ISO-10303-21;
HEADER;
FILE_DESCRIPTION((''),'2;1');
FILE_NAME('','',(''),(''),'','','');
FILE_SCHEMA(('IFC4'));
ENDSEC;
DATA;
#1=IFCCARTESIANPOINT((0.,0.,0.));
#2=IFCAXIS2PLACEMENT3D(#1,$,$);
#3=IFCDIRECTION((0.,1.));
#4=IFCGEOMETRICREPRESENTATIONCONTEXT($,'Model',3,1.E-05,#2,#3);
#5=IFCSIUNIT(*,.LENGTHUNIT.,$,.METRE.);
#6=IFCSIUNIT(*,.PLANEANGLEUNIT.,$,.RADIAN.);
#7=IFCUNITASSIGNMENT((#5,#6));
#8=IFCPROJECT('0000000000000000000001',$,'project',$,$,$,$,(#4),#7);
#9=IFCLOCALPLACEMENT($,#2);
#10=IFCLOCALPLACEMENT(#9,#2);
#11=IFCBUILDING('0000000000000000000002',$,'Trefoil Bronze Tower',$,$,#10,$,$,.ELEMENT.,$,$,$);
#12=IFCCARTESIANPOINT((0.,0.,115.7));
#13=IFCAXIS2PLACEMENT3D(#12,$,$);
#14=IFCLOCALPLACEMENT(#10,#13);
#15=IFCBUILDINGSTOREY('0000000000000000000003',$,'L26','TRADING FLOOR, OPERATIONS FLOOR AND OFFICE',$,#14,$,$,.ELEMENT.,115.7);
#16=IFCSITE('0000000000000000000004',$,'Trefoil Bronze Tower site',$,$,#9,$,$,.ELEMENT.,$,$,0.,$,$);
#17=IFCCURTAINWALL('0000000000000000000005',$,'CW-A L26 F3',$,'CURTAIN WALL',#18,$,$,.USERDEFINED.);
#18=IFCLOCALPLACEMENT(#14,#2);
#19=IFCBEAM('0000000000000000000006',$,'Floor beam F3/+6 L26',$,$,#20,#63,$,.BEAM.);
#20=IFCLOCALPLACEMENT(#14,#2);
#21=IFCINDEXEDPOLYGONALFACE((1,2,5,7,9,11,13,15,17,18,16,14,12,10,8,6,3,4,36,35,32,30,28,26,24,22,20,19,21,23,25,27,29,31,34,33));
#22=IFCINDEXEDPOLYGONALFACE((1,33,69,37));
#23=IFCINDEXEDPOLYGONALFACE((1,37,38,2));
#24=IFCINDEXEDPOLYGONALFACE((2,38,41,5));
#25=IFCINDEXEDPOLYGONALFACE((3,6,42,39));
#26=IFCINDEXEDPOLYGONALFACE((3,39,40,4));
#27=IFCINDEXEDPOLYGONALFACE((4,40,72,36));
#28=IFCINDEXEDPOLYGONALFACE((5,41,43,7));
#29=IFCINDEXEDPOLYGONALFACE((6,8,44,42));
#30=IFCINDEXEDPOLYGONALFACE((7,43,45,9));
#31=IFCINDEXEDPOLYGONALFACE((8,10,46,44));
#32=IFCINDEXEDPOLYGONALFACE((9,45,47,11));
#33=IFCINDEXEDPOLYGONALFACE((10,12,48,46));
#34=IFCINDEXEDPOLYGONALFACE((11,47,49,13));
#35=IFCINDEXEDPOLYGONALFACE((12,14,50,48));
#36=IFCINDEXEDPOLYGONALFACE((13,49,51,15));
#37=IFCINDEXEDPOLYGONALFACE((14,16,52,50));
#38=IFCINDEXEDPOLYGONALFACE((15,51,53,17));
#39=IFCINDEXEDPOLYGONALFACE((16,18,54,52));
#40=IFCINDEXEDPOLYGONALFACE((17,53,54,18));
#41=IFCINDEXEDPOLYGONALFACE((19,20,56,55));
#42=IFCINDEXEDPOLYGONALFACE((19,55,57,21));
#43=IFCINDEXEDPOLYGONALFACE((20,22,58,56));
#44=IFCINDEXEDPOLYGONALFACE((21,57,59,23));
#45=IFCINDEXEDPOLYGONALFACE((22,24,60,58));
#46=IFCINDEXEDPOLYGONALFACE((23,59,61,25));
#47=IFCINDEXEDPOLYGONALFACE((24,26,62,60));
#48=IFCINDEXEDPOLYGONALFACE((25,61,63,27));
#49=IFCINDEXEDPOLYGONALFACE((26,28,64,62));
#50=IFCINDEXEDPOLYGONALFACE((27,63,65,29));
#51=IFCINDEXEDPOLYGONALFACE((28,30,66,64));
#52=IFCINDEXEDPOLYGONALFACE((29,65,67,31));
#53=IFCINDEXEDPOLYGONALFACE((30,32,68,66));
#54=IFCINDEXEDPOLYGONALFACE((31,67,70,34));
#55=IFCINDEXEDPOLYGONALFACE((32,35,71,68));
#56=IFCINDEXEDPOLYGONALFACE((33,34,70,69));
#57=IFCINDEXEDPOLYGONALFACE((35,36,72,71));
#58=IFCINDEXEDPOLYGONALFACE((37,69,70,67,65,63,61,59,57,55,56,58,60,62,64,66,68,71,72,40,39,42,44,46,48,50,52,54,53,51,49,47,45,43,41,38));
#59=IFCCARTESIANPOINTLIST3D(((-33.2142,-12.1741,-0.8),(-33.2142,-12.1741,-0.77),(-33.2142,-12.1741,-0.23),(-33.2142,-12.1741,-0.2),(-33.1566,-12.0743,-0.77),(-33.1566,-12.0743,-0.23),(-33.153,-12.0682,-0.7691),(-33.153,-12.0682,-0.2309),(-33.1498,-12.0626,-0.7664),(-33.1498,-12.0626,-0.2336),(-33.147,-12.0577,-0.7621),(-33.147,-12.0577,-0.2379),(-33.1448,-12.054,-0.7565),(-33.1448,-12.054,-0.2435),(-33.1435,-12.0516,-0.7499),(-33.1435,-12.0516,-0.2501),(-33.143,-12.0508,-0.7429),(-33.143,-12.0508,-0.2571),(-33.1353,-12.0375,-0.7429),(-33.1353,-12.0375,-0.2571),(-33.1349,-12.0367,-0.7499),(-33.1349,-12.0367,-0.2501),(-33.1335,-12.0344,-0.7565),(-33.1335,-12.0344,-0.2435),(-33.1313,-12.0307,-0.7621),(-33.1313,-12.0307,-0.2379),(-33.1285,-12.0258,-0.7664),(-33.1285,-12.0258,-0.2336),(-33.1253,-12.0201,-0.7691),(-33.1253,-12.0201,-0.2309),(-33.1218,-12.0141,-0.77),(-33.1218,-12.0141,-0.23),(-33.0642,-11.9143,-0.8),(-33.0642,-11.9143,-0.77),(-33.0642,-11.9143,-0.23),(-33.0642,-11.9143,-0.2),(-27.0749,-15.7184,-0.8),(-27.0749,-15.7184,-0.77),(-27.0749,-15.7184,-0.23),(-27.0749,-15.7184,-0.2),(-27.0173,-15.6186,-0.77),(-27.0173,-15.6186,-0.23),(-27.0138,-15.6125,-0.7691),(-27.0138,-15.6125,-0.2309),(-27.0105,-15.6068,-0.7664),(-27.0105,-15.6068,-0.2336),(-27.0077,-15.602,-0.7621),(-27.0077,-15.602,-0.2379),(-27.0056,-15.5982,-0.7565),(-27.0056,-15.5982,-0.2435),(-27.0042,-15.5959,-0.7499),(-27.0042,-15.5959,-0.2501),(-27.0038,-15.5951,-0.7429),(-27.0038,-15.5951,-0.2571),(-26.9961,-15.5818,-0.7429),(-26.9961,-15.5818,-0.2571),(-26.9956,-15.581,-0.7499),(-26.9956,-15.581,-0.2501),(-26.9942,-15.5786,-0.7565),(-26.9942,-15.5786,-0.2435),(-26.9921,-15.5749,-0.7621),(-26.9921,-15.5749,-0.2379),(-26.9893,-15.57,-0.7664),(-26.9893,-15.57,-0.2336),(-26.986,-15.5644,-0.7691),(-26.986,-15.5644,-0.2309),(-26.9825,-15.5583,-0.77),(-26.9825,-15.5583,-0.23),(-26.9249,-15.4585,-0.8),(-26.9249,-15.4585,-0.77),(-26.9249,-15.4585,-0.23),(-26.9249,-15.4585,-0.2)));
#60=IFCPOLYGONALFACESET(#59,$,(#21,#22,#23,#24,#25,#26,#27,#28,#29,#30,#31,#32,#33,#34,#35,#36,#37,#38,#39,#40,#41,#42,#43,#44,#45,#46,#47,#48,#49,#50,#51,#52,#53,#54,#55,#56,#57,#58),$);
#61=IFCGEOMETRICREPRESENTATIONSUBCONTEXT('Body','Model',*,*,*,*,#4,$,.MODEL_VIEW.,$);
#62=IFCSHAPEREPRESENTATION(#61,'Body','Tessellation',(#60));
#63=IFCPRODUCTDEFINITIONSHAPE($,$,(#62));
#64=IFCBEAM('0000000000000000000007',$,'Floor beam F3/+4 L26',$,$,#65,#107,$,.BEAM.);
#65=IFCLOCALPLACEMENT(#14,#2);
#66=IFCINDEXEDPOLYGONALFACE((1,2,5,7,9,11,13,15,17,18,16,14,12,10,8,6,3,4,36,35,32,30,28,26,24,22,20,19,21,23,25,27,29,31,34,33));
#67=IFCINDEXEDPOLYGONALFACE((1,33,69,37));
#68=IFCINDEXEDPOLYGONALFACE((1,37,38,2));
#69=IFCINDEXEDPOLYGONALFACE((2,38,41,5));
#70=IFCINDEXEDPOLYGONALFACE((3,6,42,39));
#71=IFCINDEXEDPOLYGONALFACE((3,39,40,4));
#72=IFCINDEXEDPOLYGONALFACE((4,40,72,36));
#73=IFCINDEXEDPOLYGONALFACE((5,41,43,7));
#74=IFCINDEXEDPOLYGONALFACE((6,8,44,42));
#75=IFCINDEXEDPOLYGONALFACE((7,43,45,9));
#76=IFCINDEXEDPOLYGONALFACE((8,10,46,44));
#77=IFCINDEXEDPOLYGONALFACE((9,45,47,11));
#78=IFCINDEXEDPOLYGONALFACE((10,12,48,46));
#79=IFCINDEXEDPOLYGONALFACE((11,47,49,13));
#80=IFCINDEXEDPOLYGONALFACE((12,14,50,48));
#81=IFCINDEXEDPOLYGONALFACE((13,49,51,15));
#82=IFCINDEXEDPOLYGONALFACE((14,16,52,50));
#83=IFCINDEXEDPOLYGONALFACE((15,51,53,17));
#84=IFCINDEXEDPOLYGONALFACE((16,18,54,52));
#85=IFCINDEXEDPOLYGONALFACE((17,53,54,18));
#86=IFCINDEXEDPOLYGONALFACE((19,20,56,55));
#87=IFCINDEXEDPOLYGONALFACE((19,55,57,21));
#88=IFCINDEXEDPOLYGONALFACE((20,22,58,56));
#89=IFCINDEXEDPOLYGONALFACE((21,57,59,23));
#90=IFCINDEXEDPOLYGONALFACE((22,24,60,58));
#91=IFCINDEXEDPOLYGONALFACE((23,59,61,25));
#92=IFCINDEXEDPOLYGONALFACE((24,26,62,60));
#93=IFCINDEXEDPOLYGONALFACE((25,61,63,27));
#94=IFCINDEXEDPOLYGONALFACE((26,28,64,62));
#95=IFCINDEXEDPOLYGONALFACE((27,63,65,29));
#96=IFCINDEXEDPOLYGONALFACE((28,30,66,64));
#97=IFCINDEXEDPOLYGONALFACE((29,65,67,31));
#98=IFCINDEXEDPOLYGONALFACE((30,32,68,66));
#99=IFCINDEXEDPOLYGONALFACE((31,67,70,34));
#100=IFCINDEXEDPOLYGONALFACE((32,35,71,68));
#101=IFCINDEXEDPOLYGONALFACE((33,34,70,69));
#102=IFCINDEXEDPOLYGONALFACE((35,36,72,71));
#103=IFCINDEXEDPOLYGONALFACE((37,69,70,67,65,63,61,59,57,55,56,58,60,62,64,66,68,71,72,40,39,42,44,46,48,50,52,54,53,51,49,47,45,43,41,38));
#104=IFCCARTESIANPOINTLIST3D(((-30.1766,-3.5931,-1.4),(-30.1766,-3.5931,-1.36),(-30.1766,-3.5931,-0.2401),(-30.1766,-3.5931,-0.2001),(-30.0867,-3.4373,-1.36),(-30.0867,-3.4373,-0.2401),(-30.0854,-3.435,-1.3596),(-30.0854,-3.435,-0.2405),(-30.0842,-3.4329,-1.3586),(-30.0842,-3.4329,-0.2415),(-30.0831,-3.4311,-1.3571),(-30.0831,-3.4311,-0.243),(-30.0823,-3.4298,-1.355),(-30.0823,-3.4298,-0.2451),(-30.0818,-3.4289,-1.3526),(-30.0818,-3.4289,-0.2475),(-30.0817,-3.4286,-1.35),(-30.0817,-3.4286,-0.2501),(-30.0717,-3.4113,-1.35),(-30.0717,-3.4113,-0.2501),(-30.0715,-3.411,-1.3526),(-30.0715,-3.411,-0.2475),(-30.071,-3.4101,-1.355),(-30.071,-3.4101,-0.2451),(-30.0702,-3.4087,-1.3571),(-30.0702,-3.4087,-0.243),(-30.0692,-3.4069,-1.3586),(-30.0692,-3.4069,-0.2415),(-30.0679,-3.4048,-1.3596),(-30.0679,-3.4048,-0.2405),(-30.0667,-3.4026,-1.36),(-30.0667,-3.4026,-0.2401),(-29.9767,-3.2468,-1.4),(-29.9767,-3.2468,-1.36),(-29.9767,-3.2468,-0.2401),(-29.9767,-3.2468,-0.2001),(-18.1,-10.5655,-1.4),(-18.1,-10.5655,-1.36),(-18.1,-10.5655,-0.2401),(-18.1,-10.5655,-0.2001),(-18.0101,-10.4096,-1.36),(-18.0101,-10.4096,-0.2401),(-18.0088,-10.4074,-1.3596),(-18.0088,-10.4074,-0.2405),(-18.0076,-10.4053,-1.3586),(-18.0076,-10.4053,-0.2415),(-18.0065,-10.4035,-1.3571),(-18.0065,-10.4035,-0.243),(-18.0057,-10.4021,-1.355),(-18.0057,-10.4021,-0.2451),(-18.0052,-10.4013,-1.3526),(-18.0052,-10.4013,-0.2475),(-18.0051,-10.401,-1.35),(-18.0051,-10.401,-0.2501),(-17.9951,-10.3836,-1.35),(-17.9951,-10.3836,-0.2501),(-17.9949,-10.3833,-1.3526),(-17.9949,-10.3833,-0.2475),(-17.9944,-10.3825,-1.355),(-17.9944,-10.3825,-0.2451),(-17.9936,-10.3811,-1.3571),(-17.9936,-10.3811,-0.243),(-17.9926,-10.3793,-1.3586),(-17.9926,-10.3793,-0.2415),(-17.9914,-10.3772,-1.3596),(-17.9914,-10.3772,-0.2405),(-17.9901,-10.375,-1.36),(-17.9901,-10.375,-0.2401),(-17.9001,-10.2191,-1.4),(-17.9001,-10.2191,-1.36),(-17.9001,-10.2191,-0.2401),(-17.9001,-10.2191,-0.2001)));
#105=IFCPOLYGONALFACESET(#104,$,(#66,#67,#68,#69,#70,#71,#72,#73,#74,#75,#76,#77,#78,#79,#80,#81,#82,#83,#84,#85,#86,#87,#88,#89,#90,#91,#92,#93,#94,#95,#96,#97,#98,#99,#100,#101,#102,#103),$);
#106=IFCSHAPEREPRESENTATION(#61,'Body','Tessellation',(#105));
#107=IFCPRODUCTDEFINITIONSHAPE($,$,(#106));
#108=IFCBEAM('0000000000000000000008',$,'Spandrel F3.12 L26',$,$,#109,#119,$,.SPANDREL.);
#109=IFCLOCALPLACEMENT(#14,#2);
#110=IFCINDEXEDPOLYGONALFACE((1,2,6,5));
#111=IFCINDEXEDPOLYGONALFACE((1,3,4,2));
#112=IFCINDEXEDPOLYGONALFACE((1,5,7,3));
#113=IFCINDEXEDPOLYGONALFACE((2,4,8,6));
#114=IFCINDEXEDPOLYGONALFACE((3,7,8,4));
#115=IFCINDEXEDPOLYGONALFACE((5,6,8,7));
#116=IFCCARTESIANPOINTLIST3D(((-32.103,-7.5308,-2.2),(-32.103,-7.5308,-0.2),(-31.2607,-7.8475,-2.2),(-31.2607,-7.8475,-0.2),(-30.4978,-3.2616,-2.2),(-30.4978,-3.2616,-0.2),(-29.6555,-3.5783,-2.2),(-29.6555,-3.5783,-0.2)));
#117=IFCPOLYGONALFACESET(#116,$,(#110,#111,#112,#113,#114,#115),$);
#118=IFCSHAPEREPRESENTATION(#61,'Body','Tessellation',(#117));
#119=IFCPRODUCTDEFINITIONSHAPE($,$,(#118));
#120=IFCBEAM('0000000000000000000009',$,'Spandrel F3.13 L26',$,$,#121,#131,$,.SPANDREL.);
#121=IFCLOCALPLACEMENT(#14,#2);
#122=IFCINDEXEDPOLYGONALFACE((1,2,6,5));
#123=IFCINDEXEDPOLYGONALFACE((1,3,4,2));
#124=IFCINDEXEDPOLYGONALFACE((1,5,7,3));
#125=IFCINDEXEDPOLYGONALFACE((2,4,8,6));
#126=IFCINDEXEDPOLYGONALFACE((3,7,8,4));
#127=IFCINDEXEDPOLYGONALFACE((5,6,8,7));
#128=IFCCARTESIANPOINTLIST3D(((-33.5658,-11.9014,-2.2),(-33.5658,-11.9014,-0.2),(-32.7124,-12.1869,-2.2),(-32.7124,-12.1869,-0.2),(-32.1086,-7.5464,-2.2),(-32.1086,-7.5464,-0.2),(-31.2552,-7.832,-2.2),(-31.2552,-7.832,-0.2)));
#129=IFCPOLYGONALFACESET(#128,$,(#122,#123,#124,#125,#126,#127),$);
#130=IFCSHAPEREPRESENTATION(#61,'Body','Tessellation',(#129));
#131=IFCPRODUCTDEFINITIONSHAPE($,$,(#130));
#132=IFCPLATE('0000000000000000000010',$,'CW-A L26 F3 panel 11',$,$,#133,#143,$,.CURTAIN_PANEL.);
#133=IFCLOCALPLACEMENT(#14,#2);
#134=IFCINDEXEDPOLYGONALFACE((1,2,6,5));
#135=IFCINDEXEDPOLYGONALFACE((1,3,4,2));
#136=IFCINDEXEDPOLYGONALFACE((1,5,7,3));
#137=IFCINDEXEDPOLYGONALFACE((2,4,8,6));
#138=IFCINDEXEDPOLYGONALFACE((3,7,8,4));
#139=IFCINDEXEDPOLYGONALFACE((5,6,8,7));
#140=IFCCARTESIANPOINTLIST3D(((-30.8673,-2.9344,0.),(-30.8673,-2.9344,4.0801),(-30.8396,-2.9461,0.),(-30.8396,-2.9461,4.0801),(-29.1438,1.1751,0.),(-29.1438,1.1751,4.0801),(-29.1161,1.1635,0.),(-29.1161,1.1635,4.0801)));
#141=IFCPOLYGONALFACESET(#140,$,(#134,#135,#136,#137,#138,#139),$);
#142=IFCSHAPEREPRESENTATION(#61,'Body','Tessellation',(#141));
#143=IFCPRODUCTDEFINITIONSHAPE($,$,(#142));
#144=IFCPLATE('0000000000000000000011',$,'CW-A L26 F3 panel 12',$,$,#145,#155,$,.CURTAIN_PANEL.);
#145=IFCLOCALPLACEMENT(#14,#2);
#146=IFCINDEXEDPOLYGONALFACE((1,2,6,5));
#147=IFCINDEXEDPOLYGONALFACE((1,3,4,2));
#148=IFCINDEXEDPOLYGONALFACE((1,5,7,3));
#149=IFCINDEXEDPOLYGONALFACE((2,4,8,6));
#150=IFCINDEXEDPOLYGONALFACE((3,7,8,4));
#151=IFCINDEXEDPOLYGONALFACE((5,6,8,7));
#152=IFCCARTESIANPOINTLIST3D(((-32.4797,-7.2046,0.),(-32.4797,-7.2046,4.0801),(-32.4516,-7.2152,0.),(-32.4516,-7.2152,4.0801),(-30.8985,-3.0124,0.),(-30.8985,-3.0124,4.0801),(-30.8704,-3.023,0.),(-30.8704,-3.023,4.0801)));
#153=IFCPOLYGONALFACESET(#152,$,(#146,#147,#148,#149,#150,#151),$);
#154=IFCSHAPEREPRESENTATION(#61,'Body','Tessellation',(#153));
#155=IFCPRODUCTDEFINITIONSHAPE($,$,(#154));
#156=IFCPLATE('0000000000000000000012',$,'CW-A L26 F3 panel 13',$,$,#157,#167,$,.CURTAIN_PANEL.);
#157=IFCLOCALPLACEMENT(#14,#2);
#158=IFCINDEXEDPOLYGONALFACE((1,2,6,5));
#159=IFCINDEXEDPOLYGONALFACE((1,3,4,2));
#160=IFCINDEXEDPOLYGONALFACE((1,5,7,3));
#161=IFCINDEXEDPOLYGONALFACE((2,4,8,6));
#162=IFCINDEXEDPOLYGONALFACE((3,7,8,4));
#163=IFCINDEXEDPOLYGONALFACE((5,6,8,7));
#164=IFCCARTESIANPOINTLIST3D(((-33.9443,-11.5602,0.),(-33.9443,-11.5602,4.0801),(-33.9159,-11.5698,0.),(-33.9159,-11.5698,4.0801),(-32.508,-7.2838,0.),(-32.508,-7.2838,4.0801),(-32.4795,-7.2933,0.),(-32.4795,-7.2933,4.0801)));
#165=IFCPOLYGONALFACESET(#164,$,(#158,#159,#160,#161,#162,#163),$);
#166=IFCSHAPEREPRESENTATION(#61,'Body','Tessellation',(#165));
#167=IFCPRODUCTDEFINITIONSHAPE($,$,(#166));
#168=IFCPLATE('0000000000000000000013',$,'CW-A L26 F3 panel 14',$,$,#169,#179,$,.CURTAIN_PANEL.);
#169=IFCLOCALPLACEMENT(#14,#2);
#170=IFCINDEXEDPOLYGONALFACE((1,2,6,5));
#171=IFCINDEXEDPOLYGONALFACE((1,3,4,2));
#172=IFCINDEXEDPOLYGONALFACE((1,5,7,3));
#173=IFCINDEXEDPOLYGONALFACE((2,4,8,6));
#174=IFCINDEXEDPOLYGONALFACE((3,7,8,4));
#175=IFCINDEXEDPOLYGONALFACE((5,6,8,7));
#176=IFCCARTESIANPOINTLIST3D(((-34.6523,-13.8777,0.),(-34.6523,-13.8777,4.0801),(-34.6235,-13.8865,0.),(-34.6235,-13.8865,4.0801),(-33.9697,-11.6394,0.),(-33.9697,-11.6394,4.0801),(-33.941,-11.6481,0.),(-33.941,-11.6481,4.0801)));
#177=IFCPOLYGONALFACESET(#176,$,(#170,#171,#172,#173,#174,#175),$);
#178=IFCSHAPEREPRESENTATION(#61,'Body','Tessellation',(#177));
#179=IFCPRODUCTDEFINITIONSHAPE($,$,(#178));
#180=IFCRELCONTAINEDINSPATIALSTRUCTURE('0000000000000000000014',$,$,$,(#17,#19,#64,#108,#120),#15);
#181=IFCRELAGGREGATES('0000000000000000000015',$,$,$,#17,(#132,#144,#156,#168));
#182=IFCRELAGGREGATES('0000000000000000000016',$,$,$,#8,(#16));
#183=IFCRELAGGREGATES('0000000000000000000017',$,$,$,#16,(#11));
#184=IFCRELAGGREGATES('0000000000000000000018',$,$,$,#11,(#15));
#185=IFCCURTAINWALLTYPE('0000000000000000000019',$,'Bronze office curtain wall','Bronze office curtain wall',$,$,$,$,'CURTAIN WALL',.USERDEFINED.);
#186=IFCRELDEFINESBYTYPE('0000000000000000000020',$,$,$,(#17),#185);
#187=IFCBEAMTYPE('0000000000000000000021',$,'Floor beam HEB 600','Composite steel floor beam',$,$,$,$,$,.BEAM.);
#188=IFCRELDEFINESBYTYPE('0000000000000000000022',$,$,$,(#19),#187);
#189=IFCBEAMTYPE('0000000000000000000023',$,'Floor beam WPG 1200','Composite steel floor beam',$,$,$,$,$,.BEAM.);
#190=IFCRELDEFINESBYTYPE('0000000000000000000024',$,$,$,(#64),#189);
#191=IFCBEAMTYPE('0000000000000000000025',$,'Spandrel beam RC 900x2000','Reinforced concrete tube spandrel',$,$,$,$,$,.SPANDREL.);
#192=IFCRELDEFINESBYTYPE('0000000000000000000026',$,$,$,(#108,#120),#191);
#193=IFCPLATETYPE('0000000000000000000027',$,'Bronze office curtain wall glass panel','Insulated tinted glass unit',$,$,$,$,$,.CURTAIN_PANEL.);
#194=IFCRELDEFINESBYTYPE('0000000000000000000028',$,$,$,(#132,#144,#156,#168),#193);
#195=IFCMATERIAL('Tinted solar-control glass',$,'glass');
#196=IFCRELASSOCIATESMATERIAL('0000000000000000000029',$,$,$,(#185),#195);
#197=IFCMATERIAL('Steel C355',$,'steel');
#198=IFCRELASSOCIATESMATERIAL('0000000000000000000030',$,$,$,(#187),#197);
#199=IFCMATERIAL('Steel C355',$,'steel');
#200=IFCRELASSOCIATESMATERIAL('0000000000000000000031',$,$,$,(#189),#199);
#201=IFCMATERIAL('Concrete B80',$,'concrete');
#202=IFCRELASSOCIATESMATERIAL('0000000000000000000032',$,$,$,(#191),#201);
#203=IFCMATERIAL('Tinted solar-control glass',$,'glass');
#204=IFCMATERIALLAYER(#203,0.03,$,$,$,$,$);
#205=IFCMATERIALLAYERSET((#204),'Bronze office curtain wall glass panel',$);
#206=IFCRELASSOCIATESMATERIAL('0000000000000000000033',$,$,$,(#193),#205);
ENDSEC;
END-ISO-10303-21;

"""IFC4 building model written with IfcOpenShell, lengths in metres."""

from ifc_helpers import new_model, si_unit, direction, frame, origin, origin_2d, place, context, subcontext, project, spatial, rectangle, i_section, extrude, material, layer, layer_set, material_profile, profile_set, type_object, element, aggregate, save


model = new_model("IFC4")

# Units and contexts
model_context = context("Model", 3, precision=1e-05, world=origin(), true_north=direction((0.0, 1.0)))
body_context = subcontext(model_context, "Body", "Model", "MODEL_VIEW")
ifc_project = project(units=[si_unit("LENGTHUNIT", "METRE"), si_unit("PLANEANGLEUNIT", "RADIAN")], contexts=[model_context])

# Site, building, storey
site_placement = place(None, origin())
site = spatial("IfcSite", under=ifc_project, at=site_placement, Name="Trefoil Bronze Tower site", CompositionType="ELEMENT", RefElevation=0.0)
building_placement = place(site_placement, origin())
building = spatial("IfcBuilding", under=site, at=building_placement, Name="Trefoil Bronze Tower", CompositionType="ELEMENT")
storey_placement = place(building_placement, frame((0.0, 0.0, 115.7)))
storey = spatial("IfcBuildingStorey", under=building, at=storey_placement, Name="L26", Description="TRADING FLOOR, OPERATIONS FLOOR AND OFFICE", CompositionType="ELEMENT", Elevation=115.7)

# Curtain wall
ifc_material_1 = material(Name="Tinted solar-control glass", Category="glass")
curtain_wall_type_1 = type_object("IfcCurtainWallType", Name="Bronze office curtain wall", Description="Bronze office curtain wall", ElementType="CURTAIN WALL", PredefinedType="USERDEFINED", material=ifc_material_1)
curtain_wall_1_placement = place(storey_placement, origin())
curtain_wall_1 = element("IfcCurtainWall", 1, at=curtain_wall_1_placement, inside=storey, type_object=curtain_wall_type_1, Name="CW-A L26 F3", ObjectType="CURTAIN WALL", PredefinedType="USERDEFINED")

# Beams
ifc_material_2 = material(Name="Steel C355", Category="steel")
ifc_material_profile_1 = material_profile(ifc_material_2, i_section(OverallWidth=0.3, OverallDepth=0.6001, WebThickness=0.0154, FlangeThickness=0.03, FilletRadius=0.0271, at=origin_2d()), Name="HEB 600")
ifc_profile_set_1 = profile_set([ifc_material_profile_1], Name="Steel C355")
beam_type_1 = type_object("IfcBeamType", Name="Floor beam HEB 600", Description="Composite steel floor beam", PredefinedType="BEAM", material=ifc_profile_set_1)
beam_1_placement = place(storey_placement, frame((-33.1392, -12.0442, -0.5), z_axis=(0.866041, -0.499973, 0.0), x_axis=(0.499973, 0.866041, 0.0)))
element("IfcBeam", 2, at=beam_1_placement, inside=storey, type_object=beam_type_1, Name="Floor beam F3/+6 L26", PredefinedType="BEAM", context=body_context, shape_type="SweptSolid", body=[
    extrude(i_section(OverallWidth=0.3, OverallDepth=0.6001, WebThickness=0.0154, FlangeThickness=0.03, FilletRadius=0.0271, at=origin_2d()), origin(), (0.0, 0.0, 1.0), 7.0889),
])
ifc_material_3 = material(Name="Steel C355", Category="steel")
ifc_material_profile_2 = material_profile(ifc_material_3, i_section(OverallWidth=0.3999, OverallDepth=1.2, WebThickness=0.02, FlangeThickness=0.04, FilletRadius=0.01, at=origin_2d()), Name="WPG 1200")
ifc_profile_set_2 = profile_set([ifc_material_profile_2], Name="Steel C355")
beam_type_2 = type_object("IfcBeamType", Name="Floor beam WPG 1200", Description="Composite steel floor beam", PredefinedType="BEAM", material=ifc_profile_set_2)
beam_2_placement = place(storey_placement, frame((-30.0767, -3.4199, -0.8), z_axis=(0.866027, -0.499997, 0.0), x_axis=(0.499997, 0.866027, 0.0)))
element("IfcBeam", 3, at=beam_2_placement, inside=storey, type_object=beam_type_2, Name="Floor beam F3/+4 L26", PredefinedType="BEAM", context=body_context, shape_type="SweptSolid", body=[
    extrude(i_section(OverallWidth=0.3999, OverallDepth=1.2, WebThickness=0.02, FlangeThickness=0.04, FilletRadius=0.01, at=origin_2d()), origin(), (0.0, 0.0, 1.0), 13.9448),
])
ifc_material_4 = material(Name="Concrete B80", Category="concrete")
ifc_material_profile_3 = material_profile(ifc_material_4, rectangle(XDim=0.8999, YDim=2.0, at=origin_2d()), Name="RC 900x2000")
ifc_profile_set_3 = profile_set([ifc_material_profile_3], Name="Concrete B80")
beam_type_3 = type_object("IfcBeamType", Name="Spandrel beam RC 900x2000", Description="Reinforced concrete tube spandrel", PredefinedType="SPANDREL", material=ifc_profile_set_3)
beam_3_placement = place(storey_placement, frame((-30.0767, -3.4199, -1.2), z_axis=(-0.351939, -0.936023, 0.0), x_axis=(0.936023, -0.351939, 0.0)))
element("IfcBeam", 4, at=beam_3_placement, inside=storey, type_object=beam_type_3, Name="Spandrel F3.12 L26", PredefinedType="SPANDREL", context=body_context, shape_type="SweptSolid", body=[
    extrude(rectangle(XDim=0.8999, YDim=2.0, at=origin_2d()), origin(), (0.0, 0.0, 1.0), 4.561),
])
beam_4_placement = place(storey_placement, frame((-31.6819, -7.6892, -1.2), z_axis=(-0.317328, -0.948316, 0.0), x_axis=(0.948316, -0.317328, 0.0)))
element("IfcBeam", 5, at=beam_4_placement, inside=storey, type_object=beam_type_3, Name="Spandrel F3.13 L26", PredefinedType="SPANDREL", context=body_context, shape_type="SweptSolid", body=[
    extrude(rectangle(XDim=0.8999, YDim=2.0, at=origin_2d()), origin(), (0.0, 0.0, 1.0), 4.5923),
])

# Plates
ifc_material_5 = material(Name="Tinted solar-control glass", Category="glass")
ifc_layer_1 = layer(ifc_material_5, 0.03)
ifc_layer_set_1 = layer_set([ifc_layer_1], Name="Bronze office curtain wall glass panel")
plate_type_1 = type_object("IfcPlateType", Name="Bronze office curtain wall glass panel", Description="Insulated tinted glass unit", PredefinedType="CURTAIN_PANEL", material=ifc_layer_set_1)
plate_1_placement = place(storey_placement, frame((-29.9917, -0.8855, 0.0), z_axis=(0.0, 0.0, 1.0), x_axis=(-0.386759, -0.922181, 0.0)))
plate_1 = element("IfcPlate", 6, at=plate_1_placement, type_object=plate_type_1, Name="CW-A L26 F3 panel 11", PredefinedType="CURTAIN_PANEL", context=body_context, shape_type="SweptSolid", body=[
    extrude(rectangle(XDim=4.4563, YDim=0.03, at=origin_2d()), origin(), (0.0, 0.0, 1.0), 4.0801),
])
plate_2_placement = place(storey_placement, frame((-31.675, -5.1138, 0.0), z_axis=(0.0, 0.0, 1.0), x_axis=(-0.35292, -0.935654, 0.0)))
plate_2 = element("IfcPlate", 7, at=plate_2_placement, type_object=plate_type_1, Name="CW-A L26 F3 panel 12", PredefinedType="CURTAIN_PANEL", context=body_context, shape_type="SweptSolid", body=[
    extrude(rectangle(XDim=4.4805, YDim=0.03, at=origin_2d()), origin(), (0.0, 0.0, 1.0), 4.0801),
])
plate_3_placement = place(storey_placement, frame((-33.2119, -9.4268, 0.0), z_axis=(0.0, 0.0, 1.0), x_axis=(-0.318404, -0.947955, 0.0)))
plate_3 = element("IfcPlate", 8, at=plate_3_placement, type_object=plate_type_1, Name="CW-A L26 F3 panel 13", PredefinedType="CURTAIN_PANEL", context=body_context, shape_type="SweptSolid", body=[
    extrude(rectangle(XDim=4.5112, YDim=0.03, at=origin_2d()), origin(), (0.0, 0.0, 1.0), 4.0801),
])
plate_4_placement = place(storey_placement, frame((-34.2966, -12.7629, 0.0), z_axis=(0.0, 0.0, 1.0), x_axis=(-0.291669, -0.956519, 0.0)))
plate_4 = element("IfcPlate", 9, at=plate_4_placement, type_object=plate_type_1, Name="CW-A L26 F3 panel 14", PredefinedType="CURTAIN_PANEL", context=body_context, shape_type="SweptSolid", body=[
    extrude(rectangle(XDim=2.3401, YDim=0.03, at=origin_2d()), origin(), (0.0, 0.0, 1.0), 4.0801),
])
aggregate(curtain_wall_1, [plate_1, plate_2, plate_3, plate_4])

save(model, "model.ifc")
